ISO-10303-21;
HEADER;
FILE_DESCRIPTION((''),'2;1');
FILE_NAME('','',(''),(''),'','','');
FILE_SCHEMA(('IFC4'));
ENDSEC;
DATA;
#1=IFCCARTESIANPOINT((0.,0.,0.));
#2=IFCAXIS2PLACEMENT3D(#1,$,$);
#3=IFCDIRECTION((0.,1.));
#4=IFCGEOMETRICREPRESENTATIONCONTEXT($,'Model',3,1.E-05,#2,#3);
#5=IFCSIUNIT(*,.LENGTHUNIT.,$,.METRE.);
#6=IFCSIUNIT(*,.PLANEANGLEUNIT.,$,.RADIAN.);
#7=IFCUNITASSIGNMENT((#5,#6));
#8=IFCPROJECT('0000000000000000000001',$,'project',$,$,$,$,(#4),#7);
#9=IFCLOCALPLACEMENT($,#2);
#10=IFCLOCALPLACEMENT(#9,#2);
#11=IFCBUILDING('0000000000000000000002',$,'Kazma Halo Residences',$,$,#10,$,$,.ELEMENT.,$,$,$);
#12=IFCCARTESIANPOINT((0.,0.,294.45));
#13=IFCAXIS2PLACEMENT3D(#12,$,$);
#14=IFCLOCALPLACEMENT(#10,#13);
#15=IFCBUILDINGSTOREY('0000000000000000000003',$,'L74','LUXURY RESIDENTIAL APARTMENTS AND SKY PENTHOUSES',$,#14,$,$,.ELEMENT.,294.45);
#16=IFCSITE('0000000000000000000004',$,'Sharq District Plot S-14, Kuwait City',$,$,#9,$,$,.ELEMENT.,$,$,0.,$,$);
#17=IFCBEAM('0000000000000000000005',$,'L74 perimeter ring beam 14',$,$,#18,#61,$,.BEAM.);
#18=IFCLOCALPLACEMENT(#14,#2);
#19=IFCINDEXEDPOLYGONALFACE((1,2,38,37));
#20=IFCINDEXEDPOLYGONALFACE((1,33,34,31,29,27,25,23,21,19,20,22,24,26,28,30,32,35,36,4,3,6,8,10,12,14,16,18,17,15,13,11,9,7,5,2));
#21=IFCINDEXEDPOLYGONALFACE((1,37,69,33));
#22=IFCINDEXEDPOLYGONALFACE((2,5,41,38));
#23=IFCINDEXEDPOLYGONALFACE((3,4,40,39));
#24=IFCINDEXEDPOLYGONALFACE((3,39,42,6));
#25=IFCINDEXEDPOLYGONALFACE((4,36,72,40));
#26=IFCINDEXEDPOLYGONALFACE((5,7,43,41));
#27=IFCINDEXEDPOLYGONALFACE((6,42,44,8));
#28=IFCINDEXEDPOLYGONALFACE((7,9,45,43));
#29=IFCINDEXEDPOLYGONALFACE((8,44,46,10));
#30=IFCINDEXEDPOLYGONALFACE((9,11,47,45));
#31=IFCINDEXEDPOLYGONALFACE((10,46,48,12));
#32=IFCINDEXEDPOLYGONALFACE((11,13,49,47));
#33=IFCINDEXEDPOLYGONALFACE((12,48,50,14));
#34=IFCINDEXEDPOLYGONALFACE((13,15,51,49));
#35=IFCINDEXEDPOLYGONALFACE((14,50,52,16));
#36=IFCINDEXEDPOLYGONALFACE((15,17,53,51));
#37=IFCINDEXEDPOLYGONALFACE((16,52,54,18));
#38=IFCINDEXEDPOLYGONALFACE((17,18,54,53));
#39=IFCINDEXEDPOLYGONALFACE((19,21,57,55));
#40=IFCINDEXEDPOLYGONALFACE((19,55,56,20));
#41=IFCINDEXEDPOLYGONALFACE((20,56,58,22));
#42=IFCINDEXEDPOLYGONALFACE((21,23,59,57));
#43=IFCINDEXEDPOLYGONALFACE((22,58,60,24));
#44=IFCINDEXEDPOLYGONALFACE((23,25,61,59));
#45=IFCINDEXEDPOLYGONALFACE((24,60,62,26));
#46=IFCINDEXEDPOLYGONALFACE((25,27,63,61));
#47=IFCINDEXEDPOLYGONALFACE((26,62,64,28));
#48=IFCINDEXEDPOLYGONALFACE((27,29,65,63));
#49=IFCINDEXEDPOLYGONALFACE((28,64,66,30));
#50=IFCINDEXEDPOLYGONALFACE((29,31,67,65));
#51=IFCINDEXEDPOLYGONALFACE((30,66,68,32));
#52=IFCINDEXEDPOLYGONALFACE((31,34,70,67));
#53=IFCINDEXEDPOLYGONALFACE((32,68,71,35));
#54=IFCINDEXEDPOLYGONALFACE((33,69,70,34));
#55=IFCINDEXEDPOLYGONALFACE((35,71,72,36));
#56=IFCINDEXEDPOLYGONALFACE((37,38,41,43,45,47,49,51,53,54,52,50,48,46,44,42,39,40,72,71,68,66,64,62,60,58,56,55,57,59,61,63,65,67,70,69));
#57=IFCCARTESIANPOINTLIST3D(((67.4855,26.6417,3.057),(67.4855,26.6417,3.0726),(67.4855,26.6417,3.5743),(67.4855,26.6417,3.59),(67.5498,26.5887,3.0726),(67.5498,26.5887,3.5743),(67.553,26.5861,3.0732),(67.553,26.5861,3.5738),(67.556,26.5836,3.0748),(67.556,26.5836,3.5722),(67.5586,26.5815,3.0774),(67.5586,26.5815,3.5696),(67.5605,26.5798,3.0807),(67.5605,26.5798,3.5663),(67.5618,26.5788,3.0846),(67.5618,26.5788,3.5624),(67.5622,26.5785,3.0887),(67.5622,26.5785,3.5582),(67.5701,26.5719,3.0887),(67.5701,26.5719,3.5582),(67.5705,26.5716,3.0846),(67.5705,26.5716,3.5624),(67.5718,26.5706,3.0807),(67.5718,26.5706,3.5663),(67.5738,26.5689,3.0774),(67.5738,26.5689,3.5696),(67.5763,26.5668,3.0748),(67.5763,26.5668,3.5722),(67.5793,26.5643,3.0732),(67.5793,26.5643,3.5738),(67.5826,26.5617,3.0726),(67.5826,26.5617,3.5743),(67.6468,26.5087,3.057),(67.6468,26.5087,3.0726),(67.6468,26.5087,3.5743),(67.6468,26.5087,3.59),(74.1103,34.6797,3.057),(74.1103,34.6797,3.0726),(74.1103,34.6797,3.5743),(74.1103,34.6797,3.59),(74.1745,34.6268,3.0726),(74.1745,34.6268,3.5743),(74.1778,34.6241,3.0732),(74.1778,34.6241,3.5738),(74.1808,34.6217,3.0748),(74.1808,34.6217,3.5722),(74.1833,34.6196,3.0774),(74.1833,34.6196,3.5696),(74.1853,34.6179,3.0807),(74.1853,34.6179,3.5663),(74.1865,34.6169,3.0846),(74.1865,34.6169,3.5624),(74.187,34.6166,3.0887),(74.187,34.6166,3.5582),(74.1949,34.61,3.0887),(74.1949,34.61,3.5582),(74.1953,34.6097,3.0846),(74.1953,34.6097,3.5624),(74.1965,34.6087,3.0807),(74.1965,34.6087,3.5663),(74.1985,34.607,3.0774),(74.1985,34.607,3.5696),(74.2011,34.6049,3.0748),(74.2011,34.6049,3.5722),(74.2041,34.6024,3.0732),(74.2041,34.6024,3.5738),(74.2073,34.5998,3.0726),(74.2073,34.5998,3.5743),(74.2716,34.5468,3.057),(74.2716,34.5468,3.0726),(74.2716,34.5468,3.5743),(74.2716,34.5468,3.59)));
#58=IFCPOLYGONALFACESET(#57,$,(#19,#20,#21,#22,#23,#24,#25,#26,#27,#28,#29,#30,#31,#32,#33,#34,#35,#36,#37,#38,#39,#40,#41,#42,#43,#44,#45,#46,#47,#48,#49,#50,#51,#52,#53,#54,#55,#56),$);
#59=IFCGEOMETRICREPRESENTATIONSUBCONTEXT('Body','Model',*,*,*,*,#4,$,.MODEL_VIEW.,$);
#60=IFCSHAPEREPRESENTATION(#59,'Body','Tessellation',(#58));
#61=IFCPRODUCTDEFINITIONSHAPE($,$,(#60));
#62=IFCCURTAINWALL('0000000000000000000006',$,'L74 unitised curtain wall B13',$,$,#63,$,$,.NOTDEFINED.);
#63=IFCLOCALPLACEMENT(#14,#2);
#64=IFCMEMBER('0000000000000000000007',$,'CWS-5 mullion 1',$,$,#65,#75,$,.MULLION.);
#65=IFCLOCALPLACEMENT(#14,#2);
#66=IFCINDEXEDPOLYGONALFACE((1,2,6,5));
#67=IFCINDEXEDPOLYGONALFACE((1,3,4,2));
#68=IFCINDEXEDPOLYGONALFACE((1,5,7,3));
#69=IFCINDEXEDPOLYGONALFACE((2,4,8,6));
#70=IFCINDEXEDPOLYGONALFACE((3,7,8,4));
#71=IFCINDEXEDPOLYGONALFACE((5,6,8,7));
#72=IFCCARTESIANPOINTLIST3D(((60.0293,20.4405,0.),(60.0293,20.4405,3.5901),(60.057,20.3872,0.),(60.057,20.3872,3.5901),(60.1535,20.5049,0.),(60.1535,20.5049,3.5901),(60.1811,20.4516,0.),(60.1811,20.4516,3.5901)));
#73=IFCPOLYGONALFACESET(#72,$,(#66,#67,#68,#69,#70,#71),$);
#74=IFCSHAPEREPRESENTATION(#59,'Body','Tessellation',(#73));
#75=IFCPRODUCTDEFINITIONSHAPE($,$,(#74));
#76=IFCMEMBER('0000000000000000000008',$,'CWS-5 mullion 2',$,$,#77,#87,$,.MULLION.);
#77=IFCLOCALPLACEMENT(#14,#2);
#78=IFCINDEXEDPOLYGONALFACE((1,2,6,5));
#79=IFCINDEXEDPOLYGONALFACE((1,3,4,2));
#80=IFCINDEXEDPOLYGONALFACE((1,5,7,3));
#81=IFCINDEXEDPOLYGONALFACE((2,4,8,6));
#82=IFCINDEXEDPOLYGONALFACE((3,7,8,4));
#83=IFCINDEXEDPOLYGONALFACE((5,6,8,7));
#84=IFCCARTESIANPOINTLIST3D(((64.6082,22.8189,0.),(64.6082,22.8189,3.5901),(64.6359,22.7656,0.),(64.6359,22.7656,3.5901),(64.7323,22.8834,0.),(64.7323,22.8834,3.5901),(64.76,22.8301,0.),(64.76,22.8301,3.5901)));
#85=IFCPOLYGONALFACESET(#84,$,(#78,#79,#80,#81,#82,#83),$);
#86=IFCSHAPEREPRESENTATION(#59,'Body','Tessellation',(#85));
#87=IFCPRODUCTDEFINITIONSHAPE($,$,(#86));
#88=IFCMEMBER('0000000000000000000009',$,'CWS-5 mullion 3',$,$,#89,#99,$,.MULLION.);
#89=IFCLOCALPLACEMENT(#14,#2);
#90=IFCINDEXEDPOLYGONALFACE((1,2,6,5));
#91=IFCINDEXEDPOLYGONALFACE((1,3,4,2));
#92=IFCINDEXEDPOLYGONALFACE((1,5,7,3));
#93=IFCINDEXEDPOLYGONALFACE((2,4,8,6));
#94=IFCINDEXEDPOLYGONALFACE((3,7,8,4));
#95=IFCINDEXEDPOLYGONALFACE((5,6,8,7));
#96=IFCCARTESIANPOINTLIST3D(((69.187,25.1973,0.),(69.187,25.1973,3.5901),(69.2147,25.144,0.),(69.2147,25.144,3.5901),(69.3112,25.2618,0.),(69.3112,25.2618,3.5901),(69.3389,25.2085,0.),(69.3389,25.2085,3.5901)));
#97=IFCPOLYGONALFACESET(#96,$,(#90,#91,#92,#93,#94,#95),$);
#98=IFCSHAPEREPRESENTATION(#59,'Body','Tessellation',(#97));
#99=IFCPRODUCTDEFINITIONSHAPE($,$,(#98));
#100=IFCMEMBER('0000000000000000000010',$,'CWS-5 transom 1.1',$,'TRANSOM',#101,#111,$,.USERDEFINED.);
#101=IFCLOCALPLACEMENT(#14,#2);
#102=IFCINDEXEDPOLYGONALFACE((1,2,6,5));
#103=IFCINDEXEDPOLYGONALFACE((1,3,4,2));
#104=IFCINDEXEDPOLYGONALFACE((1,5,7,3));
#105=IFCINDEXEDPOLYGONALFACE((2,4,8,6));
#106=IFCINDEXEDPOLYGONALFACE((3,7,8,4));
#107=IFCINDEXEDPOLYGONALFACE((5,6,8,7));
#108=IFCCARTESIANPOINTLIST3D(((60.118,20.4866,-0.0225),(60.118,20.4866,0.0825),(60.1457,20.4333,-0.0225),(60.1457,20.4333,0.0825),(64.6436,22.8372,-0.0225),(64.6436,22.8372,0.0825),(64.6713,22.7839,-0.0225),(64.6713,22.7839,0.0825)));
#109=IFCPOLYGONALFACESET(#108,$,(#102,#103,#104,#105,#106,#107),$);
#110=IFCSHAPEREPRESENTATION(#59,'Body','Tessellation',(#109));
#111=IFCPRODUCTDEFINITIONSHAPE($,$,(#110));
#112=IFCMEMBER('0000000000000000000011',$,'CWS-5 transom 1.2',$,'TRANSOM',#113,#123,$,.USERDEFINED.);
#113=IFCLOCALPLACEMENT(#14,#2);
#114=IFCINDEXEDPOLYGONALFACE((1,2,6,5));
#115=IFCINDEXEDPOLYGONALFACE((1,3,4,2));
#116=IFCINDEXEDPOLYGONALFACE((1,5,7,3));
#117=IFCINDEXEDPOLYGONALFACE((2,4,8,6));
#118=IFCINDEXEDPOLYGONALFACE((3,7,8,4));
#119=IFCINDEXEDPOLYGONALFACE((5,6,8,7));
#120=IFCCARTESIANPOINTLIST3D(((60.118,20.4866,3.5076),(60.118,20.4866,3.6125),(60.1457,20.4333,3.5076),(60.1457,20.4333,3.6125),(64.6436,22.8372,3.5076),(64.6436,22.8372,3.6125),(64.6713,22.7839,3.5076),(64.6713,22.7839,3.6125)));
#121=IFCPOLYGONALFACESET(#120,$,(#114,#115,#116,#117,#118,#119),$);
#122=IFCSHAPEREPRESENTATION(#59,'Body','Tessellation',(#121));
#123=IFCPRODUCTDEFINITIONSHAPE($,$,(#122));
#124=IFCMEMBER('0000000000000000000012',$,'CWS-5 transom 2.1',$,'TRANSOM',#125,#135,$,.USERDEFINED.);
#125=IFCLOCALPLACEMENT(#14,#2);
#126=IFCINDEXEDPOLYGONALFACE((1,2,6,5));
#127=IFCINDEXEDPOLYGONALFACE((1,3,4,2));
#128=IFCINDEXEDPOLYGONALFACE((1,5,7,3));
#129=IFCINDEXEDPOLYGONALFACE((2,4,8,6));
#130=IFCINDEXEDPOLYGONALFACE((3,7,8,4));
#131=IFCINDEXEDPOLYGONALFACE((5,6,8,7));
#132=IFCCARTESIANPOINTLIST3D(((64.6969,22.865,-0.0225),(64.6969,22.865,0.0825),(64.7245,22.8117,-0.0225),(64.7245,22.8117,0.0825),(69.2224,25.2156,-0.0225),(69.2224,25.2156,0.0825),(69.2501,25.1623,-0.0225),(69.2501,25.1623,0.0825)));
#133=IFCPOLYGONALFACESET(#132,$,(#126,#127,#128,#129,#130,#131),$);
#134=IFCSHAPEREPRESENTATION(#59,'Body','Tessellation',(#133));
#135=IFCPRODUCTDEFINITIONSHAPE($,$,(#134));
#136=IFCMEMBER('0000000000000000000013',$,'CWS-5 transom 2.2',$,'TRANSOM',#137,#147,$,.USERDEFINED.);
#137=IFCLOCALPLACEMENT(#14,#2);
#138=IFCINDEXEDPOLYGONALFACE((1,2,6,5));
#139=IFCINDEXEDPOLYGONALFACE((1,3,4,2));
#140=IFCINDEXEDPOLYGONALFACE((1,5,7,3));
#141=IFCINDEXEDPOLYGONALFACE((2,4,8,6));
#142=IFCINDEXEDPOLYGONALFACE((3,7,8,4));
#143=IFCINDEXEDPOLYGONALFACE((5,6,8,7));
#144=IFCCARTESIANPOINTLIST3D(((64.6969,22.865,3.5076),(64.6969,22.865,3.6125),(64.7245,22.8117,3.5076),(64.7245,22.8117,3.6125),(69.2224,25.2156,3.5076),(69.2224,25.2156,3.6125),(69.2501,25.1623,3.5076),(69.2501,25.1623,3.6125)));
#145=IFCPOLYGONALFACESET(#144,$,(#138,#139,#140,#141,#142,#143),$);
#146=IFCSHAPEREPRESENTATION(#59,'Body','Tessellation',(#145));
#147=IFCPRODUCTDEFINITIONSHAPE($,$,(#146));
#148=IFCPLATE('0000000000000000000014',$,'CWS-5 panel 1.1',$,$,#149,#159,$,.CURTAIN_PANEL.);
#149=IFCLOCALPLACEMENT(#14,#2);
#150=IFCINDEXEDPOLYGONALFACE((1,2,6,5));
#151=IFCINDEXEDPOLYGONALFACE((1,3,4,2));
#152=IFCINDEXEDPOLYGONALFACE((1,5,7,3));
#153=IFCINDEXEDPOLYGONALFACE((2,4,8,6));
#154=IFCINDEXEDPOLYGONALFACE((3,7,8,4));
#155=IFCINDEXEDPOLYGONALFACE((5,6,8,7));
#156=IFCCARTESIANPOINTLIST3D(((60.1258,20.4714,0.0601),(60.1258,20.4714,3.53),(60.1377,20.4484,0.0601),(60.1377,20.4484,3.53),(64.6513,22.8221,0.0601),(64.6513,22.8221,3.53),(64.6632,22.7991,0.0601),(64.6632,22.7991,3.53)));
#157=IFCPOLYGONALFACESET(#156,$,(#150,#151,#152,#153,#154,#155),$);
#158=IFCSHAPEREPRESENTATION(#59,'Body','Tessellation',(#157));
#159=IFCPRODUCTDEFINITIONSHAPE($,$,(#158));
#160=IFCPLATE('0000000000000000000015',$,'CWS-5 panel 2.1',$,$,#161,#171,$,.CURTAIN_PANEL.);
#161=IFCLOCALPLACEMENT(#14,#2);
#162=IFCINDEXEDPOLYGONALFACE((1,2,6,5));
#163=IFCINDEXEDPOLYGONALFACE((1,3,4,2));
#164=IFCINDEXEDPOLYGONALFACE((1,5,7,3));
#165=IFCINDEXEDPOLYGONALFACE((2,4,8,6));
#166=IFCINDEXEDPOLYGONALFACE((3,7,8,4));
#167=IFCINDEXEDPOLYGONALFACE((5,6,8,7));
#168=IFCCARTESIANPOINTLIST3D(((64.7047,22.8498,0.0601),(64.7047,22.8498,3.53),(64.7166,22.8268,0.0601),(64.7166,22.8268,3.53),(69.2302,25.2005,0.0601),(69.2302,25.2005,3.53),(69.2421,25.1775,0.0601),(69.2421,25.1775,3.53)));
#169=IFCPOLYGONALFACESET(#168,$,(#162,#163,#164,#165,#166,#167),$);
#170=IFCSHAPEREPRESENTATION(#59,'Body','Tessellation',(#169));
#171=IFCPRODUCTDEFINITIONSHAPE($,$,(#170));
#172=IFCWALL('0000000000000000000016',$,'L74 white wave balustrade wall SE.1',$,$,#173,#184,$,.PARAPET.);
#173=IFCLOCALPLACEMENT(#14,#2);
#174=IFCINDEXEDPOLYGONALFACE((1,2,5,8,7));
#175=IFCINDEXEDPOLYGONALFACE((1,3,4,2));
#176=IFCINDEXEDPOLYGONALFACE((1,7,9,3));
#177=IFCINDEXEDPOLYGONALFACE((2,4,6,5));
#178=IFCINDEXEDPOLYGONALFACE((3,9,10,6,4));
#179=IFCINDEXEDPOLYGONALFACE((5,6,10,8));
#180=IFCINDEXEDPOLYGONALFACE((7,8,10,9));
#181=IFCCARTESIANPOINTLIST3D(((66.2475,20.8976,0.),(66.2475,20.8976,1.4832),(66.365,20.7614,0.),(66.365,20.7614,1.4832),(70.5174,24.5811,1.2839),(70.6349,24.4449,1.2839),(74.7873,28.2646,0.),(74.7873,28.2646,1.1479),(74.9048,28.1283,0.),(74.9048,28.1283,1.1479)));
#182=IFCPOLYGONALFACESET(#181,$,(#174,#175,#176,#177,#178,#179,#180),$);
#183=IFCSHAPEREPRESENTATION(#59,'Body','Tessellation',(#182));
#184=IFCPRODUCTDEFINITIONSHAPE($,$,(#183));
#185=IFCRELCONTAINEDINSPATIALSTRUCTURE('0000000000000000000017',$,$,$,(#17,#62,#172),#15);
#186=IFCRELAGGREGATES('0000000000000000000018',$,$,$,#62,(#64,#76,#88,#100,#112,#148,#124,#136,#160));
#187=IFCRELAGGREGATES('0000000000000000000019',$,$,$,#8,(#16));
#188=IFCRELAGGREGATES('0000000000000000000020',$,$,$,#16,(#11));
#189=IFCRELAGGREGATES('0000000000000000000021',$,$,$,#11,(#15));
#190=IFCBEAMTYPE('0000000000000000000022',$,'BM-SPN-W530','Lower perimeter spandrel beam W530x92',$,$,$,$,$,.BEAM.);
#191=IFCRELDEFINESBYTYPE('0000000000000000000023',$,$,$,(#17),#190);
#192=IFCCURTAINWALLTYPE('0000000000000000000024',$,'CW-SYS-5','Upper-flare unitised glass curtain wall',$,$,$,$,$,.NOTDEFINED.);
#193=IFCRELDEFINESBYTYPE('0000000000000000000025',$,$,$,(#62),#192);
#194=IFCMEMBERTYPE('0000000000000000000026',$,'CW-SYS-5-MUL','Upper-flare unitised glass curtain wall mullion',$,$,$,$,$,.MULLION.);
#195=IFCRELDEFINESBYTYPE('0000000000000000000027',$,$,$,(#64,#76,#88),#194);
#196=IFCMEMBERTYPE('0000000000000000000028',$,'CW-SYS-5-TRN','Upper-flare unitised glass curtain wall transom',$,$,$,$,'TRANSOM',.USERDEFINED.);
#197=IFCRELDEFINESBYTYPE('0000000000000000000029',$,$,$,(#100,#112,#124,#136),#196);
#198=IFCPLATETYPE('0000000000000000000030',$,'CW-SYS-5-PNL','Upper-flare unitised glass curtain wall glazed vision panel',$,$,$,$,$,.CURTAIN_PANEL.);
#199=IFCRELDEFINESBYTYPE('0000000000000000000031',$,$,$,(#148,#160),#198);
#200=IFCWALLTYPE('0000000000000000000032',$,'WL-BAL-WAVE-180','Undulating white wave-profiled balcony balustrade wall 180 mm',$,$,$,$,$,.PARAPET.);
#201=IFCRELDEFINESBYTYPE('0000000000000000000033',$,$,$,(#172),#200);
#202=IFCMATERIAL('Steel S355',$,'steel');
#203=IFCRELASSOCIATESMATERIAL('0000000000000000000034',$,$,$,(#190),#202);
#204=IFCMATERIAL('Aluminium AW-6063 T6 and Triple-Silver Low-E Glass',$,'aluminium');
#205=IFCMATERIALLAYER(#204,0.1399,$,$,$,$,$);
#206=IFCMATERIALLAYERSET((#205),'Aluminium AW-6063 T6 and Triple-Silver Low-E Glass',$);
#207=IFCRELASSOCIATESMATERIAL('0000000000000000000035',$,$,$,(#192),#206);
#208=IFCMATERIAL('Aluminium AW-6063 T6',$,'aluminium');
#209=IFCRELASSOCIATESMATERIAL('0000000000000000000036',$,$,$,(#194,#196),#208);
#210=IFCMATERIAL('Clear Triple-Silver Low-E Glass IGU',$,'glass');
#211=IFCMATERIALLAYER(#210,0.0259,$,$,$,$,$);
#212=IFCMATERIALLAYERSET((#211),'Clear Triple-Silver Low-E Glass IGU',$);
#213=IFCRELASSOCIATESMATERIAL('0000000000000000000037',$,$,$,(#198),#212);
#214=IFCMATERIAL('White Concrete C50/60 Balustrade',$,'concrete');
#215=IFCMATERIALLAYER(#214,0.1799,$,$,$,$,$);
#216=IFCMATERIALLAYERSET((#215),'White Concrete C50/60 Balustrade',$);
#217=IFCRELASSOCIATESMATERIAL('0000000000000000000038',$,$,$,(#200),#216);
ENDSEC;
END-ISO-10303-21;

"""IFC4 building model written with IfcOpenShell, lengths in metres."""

from ifc_helpers import new_model, si_unit, direction, frame, origin, origin_2d, place, context, subcontext, project, spatial, polyline, rectangle, i_section, outline, extrude, material, layer, layer_set, material_profile, profile_set, type_object, element, aggregate, save


model = new_model("IFC4")

# Units and contexts
model_context = context("Model", 3, precision=1e-05, world=origin(), true_north=direction((0.0, 1.0)))
body_context = subcontext(model_context, "Body", "Model", "MODEL_VIEW")
ifc_project = project(units=[si_unit("LENGTHUNIT", "METRE"), si_unit("PLANEANGLEUNIT", "RADIAN")], contexts=[model_context])

# Site, building, storey
site_placement = place(None, origin())
site = spatial("IfcSite", under=ifc_project, at=site_placement, Name="Sharq District Plot S-14, Kuwait City", CompositionType="ELEMENT", RefElevation=0.0)
building_placement = place(site_placement, origin())
building = spatial("IfcBuilding", under=site, at=building_placement, Name="Kazma Halo Residences", CompositionType="ELEMENT")
storey_placement = place(building_placement, frame((0.0, 0.0, 294.45)))
storey = spatial("IfcBuildingStorey", under=building, at=storey_placement, Name="L74", Description="LUXURY RESIDENTIAL APARTMENTS AND SKY PENTHOUSES", CompositionType="ELEMENT", Elevation=294.45)

# Beam
ifc_material_1 = material(Name="Steel S355", Category="steel")
ifc_material_profile_1 = material_profile(ifc_material_1, i_section(OverallWidth=0.209, OverallDepth=0.533, WebThickness=0.0103, FlangeThickness=0.0156, FilletRadius=0.0161, at=origin_2d()), Name="W530x92")
ifc_profile_set_1 = profile_set([ifc_material_profile_1], Name="Steel S355")
beam_type_1 = type_object("IfcBeamType", Name="BM-SPN-W530", Description="Lower perimeter spandrel beam W530x92", PredefinedType="BEAM", material=ifc_profile_set_1)
beam_1_placement = place(storey_placement, frame((67.5662, 26.5752, 3.3235), z_axis=(0.636002, 0.771687, 0.0), x_axis=(-0.771687, 0.636002, 0.0)))
element("IfcBeam", 1, at=beam_1_placement, inside=storey, type_object=beam_type_1, Name="L74 perimeter ring beam 14", PredefinedType="BEAM", context=body_context, shape_type="SweptSolid", body=[
    extrude(i_section(OverallWidth=0.209, OverallDepth=0.533, WebThickness=0.0103, FlangeThickness=0.0156, FilletRadius=0.0161, at=origin_2d()), origin(), (0.0, 0.0, 1.0), 10.4163),
])

# Curtain wall, members, plates
ifc_material_2 = material(Name="Aluminium AW-6063 T6 and Triple-Silver Low-E Glass", Category="aluminium")
ifc_layer_1 = layer(ifc_material_2, 0.1399)
ifc_layer_set_1 = layer_set([ifc_layer_1], Name="Aluminium AW-6063 T6 and Triple-Silver Low-E Glass")
curtain_wall_type = type_object("IfcCurtainWallType", Name="CW-SYS-5", Description="Upper-flare unitised glass curtain wall", PredefinedType="NOTDEFINED", material=ifc_layer_set_1)
curtain_wall_placement = place(storey_placement, origin())
curtain_wall = element("IfcCurtainWall", 2, at=curtain_wall_placement, inside=storey, type_object=curtain_wall_type, Name="L74 unitised curtain wall B13", PredefinedType="NOTDEFINED")
ifc_material_3 = material(Name="Aluminium AW-6063 T6", Category="aluminium")
ifc_material_profile_2 = material_profile(ifc_material_3, rectangle(XDim=0.0601, YDim=0.1399, at=origin_2d()), Name="CWM-60x140")
ifc_profile_set_2 = profile_set([ifc_material_profile_2], Name="Aluminium AW-6063 T6")
member_type_1 = type_object("IfcMemberType", Name="CW-SYS-5-MUL", Description="Upper-flare unitised glass curtain wall mullion", PredefinedType="MULLION", material=ifc_profile_set_2)
member_1_placement = place(storey_placement, frame((60.1052, 20.446, 0.0), z_axis=(0.0, 0.0, 1.0), x_axis=(-0.460961, 0.887421, 0.0)))
member_1 = element("IfcMember", 3, at=member_1_placement, type_object=member_type_1, Name="CWS-5 mullion 1", PredefinedType="MULLION", context=body_context, shape_type="SweptSolid", body=[
    extrude(rectangle(XDim=0.0601, YDim=0.1399, at=origin_2d()), origin(), (0.0, 0.0, 1.0), 3.5901),
])
member_2_placement = place(storey_placement, frame((64.6841, 22.8245, 0.0), z_axis=(0.0, 0.0, 1.0), x_axis=(-0.460961, 0.887421, 0.0)))
member_2 = element("IfcMember", 4, at=member_2_placement, type_object=member_type_1, Name="CWS-5 mullion 2", PredefinedType="MULLION", context=body_context, shape_type="SweptSolid", body=[
    extrude(rectangle(XDim=0.0601, YDim=0.1399, at=origin_2d()), origin(), (0.0, 0.0, 1.0), 3.5901),
])
member_3_placement = place(storey_placement, frame((69.2629, 25.2029, 0.0), z_axis=(0.0, 0.0, 1.0), x_axis=(-0.460961, 0.887421, 0.0)))
member_3 = element("IfcMember", 5, at=member_3_placement, type_object=member_type_1, Name="CWS-5 mullion 3", PredefinedType="MULLION", context=body_context, shape_type="SweptSolid", body=[
    extrude(rectangle(XDim=0.0601, YDim=0.1399, at=origin_2d()), origin(), (0.0, 0.0, 1.0), 3.5901),
])
ifc_material_profile_3 = material_profile(ifc_material_3, rectangle(XDim=0.0601, YDim=0.105, at=origin_2d()), Name="CWT-60x105")
ifc_profile_set_3 = profile_set([ifc_material_profile_3], Name="Aluminium AW-6063 T6")
member_type_2 = type_object("IfcMemberType", Name="CW-SYS-5-TRN", Description="Upper-flare unitised glass curtain wall transom", ElementType="TRANSOM", PredefinedType="USERDEFINED", material=ifc_profile_set_3)
member_4_placement = place(storey_placement, frame((60.1318, 20.46, 0.03), z_axis=(0.887437, 0.460929, 0.0), x_axis=(-0.460929, 0.887437, 0.0)))
member_4 = element("IfcMember", 6, at=member_4_placement, type_object=member_type_2, Name="CWS-5 transom 1.1", ObjectType="TRANSOM", PredefinedType="USERDEFINED", context=body_context, shape_type="SweptSolid", body=[
    extrude(rectangle(XDim=0.0601, YDim=0.105, at=origin_2d()), origin(), (0.0, 0.0, 1.0), 5.0996),
])
member_5_placement = place(storey_placement, frame((60.1318, 20.46, 3.5601), z_axis=(0.887437, 0.460929, 0.0), x_axis=(-0.460929, 0.887437, 0.0)))
member_5 = element("IfcMember", 7, at=member_5_placement, type_object=member_type_2, Name="CWS-5 transom 1.2", ObjectType="TRANSOM", PredefinedType="USERDEFINED", context=body_context, shape_type="SweptSolid", body=[
    extrude(rectangle(XDim=0.0601, YDim=0.105, at=origin_2d()), origin(), (0.0, 0.0, 1.0), 5.0996),
])
member_6_placement = place(storey_placement, frame((64.7107, 22.8384, 0.03), z_axis=(0.887437, 0.460929, 0.0), x_axis=(-0.460929, 0.887437, 0.0)))
member_6 = element("IfcMember", 8, at=member_6_placement, type_object=member_type_2, Name="CWS-5 transom 2.1", ObjectType="TRANSOM", PredefinedType="USERDEFINED", context=body_context, shape_type="SweptSolid", body=[
    extrude(rectangle(XDim=0.0601, YDim=0.105, at=origin_2d()), origin(), (0.0, 0.0, 1.0), 5.0996),
])
member_7_placement = place(storey_placement, frame((64.7107, 22.8384, 3.5601), z_axis=(0.887437, 0.460929, 0.0), x_axis=(-0.460929, 0.887437, 0.0)))
member_7 = element("IfcMember", 9, at=member_7_placement, type_object=member_type_2, Name="CWS-5 transom 2.2", ObjectType="TRANSOM", PredefinedType="USERDEFINED", context=body_context, shape_type="SweptSolid", body=[
    extrude(rectangle(XDim=0.0601, YDim=0.105, at=origin_2d()), origin(), (0.0, 0.0, 1.0), 5.0996),
])
ifc_material_4 = material(Name="Clear Triple-Silver Low-E Glass IGU", Category="glass")
ifc_layer_2 = layer(ifc_material_4, 0.0259)
ifc_layer_set_2 = layer_set([ifc_layer_2], Name="Clear Triple-Silver Low-E Glass IGU")
plate_type = type_object("IfcPlateType", Name="CW-SYS-5-PNL", Description="Upper-flare unitised glass curtain wall glazed vision panel", PredefinedType="CURTAIN_PANEL", material=ifc_layer_set_2)
plate_1_placement = place(storey_placement, frame((62.3945, 21.6353, 0.0601), z_axis=(0.0, 0.0, 1.0), x_axis=(0.887421, 0.460961, 0.0)))
plate_1 = element("IfcPlate", 10, at=plate_1_placement, type_object=plate_type, Name="CWS-5 panel 1.1", PredefinedType="CURTAIN_PANEL", context=body_context, shape_type="SweptSolid", body=[
    extrude(rectangle(XDim=5.0996, YDim=0.0259, at=origin_2d()), origin(), (0.0, 0.0, 1.0), 3.47),
])
plate_2_placement = place(storey_placement, frame((66.9734, 24.0137, 0.0601), z_axis=(0.0, 0.0, 1.0), x_axis=(0.887421, 0.460961, 0.0)))
plate_2 = element("IfcPlate", 11, at=plate_2_placement, type_object=plate_type, Name="CWS-5 panel 2.1", PredefinedType="CURTAIN_PANEL", context=body_context, shape_type="SweptSolid", body=[
    extrude(rectangle(XDim=5.0996, YDim=0.0259, at=origin_2d()), origin(), (0.0, 0.0, 1.0), 3.47),
])
aggregate(curtain_wall, [member_1, member_2, member_3, member_4, member_5, plate_1, member_6, member_7, plate_2])

# Wall
ifc_material_5 = material(Name="White Concrete C50/60 Balustrade", Category="concrete")
ifc_layer_3 = layer(ifc_material_5, 0.1799)
ifc_layer_set_3 = layer_set([ifc_layer_3], Name="White Concrete C50/60 Balustrade")
wall_type_1 = type_object("IfcWallType", Name="WL-BAL-WAVE-180", Description="Undulating white wave-profiled balcony balustrade wall 180 mm", PredefinedType="PARAPET", material=ifc_layer_set_3)
wall_1_placement = place(storey_placement, frame((66.3062, 20.8296, 0.0), z_axis=(0.0, 0.0, 1.0), x_axis=(0.757188, 0.653197, 0.0)))
element("IfcWall", 12, at=wall_1_placement, inside=storey, type_object=wall_type_1, Name="L74 white wave balustrade wall SE.1", PredefinedType="PARAPET", context=body_context, shape_type="SweptSolid", body=[
    extrude(outline(polyline([(0.0, 0.0), (11.2783, 0.0), (11.2783, 1.1479), (5.6392, 1.2839), (0.0, 1.4832), (0.0, 0.0)])), frame((0.0, 0.0898, 0.0), z_axis=(0.0, -1.0, 0.0), x_axis=(1.0, 0.0, 0.0)), (0.0, 0.0, 1.0), 0.1799),
])

save(model, "model.ifc")
